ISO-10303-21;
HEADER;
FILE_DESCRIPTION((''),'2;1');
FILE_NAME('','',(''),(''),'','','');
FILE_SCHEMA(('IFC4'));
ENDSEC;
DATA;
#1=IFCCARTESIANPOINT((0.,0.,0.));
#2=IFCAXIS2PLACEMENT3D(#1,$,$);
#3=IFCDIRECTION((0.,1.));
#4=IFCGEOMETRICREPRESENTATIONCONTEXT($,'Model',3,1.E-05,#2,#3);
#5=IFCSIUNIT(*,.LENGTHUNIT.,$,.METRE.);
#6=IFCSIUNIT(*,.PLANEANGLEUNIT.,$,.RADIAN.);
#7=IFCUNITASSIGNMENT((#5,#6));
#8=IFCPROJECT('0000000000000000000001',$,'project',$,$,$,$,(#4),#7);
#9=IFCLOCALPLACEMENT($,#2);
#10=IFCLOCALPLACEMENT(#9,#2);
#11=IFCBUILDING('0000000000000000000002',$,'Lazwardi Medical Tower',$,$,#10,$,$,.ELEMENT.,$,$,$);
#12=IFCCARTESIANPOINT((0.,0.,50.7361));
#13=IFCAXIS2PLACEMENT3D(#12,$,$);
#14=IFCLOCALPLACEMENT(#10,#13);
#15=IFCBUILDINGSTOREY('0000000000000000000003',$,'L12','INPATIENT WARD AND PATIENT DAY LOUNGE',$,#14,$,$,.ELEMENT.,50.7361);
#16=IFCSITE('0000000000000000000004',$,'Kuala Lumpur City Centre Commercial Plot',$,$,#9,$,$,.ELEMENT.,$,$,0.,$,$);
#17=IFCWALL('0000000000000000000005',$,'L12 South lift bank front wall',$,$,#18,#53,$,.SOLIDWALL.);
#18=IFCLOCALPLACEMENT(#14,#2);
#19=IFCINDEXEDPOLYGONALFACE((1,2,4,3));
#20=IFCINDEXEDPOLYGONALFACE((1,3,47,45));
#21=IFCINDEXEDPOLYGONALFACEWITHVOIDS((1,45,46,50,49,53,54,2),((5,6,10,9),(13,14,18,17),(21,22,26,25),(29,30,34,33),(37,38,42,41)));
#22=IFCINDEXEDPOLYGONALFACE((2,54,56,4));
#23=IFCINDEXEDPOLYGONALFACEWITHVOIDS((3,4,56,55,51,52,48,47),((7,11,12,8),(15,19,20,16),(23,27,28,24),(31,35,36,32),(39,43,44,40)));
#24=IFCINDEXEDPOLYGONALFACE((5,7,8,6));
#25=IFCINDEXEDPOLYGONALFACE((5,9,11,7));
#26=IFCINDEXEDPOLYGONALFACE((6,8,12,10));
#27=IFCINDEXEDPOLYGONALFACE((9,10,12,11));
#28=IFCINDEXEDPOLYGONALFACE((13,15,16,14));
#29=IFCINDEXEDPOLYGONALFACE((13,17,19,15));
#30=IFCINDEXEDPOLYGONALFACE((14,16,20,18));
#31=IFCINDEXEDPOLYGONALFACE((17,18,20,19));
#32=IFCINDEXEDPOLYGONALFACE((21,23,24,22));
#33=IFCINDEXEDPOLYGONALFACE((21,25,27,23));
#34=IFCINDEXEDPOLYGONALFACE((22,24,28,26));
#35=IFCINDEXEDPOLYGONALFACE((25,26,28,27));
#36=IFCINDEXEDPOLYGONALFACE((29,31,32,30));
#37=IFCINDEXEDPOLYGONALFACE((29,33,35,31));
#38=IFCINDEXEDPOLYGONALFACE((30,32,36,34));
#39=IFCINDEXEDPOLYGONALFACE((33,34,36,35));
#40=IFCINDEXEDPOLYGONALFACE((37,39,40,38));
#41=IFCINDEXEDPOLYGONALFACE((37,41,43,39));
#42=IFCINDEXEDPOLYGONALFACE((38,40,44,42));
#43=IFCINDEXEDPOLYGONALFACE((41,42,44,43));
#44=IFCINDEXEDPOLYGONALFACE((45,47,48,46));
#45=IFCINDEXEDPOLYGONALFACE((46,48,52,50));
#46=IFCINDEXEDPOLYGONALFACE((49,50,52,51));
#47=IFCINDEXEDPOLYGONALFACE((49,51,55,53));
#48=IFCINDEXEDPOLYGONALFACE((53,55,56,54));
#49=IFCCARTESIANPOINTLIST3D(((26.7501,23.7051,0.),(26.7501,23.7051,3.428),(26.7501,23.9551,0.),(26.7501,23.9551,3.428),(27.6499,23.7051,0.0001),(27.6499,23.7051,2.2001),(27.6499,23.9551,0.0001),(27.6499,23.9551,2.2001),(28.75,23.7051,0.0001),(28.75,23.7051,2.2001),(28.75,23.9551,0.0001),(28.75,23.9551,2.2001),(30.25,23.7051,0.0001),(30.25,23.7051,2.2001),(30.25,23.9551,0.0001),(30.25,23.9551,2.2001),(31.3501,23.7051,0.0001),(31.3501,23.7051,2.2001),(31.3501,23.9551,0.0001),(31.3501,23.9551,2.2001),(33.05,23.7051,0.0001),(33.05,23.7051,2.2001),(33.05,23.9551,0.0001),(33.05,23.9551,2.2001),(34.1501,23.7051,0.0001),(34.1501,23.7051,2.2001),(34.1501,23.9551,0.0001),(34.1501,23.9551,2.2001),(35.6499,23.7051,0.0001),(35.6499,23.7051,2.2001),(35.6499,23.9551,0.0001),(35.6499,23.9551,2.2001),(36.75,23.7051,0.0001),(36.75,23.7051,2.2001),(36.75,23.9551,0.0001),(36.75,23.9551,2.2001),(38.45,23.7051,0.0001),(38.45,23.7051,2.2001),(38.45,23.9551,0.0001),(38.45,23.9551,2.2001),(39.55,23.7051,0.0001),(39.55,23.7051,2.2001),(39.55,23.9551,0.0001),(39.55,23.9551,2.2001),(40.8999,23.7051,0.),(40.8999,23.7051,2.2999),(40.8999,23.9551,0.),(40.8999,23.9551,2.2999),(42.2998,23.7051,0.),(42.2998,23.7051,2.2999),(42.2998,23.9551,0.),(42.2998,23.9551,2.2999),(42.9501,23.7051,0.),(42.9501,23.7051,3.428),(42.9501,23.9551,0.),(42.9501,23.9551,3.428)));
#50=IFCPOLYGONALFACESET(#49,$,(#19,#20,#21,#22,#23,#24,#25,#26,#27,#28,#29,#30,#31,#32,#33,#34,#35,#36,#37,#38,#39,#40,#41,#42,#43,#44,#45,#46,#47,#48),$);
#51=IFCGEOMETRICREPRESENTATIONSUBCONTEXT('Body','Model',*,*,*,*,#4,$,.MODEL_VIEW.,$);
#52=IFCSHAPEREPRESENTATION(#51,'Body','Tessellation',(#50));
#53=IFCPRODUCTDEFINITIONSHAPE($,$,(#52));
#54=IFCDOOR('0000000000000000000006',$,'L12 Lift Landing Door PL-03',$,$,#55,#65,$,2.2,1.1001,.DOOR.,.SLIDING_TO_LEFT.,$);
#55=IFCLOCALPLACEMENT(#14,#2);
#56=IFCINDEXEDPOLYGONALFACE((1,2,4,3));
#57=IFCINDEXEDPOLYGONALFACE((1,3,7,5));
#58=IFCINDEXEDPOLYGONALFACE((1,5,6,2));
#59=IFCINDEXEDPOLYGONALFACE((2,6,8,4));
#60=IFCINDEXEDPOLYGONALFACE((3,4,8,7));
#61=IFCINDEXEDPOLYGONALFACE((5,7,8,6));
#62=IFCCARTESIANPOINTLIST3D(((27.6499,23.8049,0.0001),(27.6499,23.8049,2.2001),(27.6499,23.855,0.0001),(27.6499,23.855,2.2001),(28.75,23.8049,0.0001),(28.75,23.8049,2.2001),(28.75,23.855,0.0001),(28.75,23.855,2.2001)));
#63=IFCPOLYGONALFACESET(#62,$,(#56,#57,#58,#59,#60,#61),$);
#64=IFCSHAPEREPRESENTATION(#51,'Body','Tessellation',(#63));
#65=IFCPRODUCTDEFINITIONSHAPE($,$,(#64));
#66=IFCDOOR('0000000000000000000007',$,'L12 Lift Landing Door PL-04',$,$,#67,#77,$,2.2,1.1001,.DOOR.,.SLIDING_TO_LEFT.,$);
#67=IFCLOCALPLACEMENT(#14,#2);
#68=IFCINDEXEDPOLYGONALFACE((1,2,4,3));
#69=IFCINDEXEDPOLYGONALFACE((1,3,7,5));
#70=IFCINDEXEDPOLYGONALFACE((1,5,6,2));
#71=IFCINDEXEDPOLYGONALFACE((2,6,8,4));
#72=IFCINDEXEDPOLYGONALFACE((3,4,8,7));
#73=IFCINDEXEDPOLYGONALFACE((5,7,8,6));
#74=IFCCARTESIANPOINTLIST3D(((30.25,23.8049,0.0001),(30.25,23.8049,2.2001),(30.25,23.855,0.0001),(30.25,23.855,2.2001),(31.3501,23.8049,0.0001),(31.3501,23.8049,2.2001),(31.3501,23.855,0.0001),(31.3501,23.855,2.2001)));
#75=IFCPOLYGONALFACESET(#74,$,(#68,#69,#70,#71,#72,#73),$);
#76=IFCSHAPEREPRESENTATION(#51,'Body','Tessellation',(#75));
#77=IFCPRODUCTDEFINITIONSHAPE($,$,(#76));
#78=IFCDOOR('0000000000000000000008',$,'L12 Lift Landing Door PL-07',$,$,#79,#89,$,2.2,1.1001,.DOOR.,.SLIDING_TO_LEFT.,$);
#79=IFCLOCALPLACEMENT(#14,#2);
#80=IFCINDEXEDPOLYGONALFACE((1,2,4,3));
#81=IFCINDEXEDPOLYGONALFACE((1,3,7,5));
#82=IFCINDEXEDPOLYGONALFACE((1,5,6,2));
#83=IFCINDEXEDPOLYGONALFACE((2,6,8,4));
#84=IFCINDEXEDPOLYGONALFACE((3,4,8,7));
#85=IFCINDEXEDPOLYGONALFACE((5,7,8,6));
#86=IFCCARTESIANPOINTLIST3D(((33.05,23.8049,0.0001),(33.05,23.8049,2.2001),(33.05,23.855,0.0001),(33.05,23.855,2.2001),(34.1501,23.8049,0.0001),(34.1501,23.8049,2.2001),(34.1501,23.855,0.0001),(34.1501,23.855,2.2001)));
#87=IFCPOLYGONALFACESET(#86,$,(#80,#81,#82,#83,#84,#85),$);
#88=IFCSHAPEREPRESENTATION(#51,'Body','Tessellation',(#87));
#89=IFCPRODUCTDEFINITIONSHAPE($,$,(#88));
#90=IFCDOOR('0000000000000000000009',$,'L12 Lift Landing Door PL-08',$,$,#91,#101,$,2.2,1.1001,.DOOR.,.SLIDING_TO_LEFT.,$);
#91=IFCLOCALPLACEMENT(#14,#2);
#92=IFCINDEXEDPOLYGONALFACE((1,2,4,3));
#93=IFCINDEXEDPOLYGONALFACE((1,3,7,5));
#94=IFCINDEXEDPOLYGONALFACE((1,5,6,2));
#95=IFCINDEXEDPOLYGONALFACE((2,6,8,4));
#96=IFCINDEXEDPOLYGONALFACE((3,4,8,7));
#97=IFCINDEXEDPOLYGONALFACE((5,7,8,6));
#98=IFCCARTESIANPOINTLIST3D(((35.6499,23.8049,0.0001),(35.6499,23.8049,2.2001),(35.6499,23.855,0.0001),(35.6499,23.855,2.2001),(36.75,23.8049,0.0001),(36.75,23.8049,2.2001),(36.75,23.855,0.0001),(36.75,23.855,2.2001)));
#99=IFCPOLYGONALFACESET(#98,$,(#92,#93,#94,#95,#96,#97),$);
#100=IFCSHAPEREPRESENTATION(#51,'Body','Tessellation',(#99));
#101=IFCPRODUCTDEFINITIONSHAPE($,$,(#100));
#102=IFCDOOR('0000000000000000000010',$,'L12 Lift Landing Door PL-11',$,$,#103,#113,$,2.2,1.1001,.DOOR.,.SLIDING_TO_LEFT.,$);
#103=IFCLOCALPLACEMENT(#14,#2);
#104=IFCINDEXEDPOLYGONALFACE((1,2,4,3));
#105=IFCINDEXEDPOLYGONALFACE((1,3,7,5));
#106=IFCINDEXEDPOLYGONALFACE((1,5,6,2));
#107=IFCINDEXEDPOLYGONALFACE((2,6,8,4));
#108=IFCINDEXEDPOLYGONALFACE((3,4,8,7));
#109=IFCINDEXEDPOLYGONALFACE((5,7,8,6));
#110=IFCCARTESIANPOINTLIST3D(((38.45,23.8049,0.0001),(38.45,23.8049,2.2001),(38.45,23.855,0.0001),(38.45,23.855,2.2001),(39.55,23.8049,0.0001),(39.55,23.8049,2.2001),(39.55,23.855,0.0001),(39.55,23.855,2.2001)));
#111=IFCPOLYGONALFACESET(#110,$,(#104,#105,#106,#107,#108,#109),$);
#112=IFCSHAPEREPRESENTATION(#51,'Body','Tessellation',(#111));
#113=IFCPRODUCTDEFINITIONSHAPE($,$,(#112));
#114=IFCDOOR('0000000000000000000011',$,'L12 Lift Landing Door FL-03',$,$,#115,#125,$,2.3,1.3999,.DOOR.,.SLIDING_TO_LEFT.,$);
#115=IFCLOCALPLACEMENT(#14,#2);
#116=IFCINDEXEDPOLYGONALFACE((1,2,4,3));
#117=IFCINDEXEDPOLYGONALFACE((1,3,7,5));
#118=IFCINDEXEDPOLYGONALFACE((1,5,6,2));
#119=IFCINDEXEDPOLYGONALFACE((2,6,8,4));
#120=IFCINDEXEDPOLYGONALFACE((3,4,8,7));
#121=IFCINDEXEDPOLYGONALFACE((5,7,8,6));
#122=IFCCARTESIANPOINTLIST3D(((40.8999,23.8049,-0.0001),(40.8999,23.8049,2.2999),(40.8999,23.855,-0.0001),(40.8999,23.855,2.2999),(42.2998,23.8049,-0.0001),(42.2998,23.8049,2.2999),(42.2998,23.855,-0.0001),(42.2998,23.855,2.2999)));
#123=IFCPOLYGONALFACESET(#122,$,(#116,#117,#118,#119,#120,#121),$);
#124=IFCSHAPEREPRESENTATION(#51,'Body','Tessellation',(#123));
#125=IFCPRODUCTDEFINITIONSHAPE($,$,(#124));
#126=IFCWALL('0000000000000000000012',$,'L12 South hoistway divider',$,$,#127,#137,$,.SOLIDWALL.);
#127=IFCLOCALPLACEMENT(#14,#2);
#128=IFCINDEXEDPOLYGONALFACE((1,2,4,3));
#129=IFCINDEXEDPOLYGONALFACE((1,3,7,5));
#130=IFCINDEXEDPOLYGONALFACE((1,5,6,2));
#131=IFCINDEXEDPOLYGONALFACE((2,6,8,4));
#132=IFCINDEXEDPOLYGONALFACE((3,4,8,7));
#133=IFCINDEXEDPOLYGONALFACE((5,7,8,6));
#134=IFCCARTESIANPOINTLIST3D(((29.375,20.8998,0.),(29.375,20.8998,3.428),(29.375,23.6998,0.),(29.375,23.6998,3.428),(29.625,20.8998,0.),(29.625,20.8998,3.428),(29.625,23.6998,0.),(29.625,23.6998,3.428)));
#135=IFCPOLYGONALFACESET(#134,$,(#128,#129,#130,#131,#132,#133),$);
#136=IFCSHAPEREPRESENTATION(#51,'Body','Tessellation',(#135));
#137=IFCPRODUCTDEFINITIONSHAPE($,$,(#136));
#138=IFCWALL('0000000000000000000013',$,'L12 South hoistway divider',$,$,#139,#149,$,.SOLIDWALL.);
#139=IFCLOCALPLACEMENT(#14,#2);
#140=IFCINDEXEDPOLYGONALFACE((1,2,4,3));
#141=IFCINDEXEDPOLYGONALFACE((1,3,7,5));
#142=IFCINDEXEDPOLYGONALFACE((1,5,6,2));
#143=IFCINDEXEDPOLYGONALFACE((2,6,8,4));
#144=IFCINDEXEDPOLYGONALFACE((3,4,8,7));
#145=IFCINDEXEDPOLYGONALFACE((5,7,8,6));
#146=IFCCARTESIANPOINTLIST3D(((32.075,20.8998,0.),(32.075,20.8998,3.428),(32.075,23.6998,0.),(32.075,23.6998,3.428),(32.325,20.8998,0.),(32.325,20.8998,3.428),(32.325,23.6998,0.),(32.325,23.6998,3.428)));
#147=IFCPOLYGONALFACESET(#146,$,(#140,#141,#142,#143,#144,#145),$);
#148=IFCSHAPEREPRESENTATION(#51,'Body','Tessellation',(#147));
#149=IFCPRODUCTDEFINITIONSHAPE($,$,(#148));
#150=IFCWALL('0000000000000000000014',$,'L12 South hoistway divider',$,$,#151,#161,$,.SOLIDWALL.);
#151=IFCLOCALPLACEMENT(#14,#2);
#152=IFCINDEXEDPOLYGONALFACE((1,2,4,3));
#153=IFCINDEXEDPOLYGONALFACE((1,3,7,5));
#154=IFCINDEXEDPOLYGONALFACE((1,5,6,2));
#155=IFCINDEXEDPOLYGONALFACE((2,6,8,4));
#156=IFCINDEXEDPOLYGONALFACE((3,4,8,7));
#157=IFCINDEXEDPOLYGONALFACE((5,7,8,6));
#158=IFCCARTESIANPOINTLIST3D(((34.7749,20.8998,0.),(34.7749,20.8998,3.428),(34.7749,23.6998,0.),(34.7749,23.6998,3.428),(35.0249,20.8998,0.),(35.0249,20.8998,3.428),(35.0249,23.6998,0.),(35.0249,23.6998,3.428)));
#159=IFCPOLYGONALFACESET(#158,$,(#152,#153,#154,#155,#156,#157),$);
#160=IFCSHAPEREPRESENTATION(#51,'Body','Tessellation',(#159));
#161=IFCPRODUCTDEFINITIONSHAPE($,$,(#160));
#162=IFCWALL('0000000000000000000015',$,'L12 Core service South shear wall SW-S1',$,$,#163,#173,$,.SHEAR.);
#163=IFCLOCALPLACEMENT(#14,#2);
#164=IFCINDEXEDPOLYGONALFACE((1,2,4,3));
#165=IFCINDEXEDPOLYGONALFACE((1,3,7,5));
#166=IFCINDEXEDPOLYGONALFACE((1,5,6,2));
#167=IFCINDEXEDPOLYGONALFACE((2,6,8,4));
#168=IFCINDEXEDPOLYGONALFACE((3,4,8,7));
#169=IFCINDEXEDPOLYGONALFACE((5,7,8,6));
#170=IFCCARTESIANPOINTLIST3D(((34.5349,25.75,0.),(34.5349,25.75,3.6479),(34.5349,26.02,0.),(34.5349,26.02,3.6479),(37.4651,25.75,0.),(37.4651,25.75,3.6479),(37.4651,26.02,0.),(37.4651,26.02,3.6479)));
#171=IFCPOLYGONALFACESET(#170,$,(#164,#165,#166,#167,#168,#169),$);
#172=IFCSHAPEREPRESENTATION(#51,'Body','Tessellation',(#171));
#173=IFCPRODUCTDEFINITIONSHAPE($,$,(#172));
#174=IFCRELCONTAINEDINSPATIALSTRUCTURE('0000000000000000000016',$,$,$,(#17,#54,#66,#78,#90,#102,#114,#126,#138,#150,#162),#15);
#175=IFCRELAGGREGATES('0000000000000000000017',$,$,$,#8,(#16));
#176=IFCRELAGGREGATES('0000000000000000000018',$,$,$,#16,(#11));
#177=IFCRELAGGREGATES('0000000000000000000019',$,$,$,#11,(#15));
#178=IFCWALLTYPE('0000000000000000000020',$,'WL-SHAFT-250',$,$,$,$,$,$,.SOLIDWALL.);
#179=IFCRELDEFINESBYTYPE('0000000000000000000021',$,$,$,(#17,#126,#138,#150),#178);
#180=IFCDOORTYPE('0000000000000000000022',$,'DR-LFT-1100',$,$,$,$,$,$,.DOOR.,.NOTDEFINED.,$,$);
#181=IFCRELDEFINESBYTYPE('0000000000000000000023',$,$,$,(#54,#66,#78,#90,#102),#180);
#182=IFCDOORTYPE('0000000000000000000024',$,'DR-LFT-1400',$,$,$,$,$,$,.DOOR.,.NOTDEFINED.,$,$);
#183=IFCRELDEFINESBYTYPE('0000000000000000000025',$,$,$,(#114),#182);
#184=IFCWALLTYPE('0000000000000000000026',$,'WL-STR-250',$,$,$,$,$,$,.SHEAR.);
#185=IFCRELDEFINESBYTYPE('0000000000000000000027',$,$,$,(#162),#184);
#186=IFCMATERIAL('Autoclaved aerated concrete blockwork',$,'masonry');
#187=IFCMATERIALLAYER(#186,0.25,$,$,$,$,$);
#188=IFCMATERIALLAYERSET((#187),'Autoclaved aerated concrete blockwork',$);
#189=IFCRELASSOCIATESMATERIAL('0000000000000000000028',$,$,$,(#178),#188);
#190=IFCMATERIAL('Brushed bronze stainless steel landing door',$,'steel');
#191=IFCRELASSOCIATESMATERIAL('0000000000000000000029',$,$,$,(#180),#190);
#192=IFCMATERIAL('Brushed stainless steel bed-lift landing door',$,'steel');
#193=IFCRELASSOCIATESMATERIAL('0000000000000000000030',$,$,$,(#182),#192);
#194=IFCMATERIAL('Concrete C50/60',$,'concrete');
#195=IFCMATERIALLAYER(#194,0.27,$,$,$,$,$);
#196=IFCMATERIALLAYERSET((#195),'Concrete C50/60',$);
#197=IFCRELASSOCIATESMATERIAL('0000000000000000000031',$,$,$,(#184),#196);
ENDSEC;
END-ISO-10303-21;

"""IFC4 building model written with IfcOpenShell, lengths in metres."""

from ifc_helpers import new_model, si_unit, direction, frame, frame_2d, origin, place, context, subcontext, project, spatial, rectangle, extrude, material, layer, layer_set, type_object, element, fill, save


model = new_model("IFC4")

# Units and contexts
model_context = context("Model", 3, precision=1e-05, world=origin(), true_north=direction((0.0, 1.0)))
body_context = subcontext(model_context, "Body", "Model", "MODEL_VIEW")
ifc_project = project(units=[si_unit("LENGTHUNIT", "METRE"), si_unit("PLANEANGLEUNIT", "RADIAN")], contexts=[model_context])

# Site, building, storey
site_placement = place(None, origin())
site = spatial("IfcSite", under=ifc_project, at=site_placement, Name="Kuala Lumpur City Centre Commercial Plot", CompositionType="ELEMENT", RefElevation=0.0)
building_placement = place(site_placement, origin())
building = spatial("IfcBuilding", under=site, at=building_placement, Name="Lazwardi Medical Tower", CompositionType="ELEMENT")
storey_placement = place(building_placement, frame((0.0, 0.0, 50.7361)))
storey = spatial("IfcBuildingStorey", under=building, at=storey_placement, Name="L12", Description="INPATIENT WARD AND PATIENT DAY LOUNGE", CompositionType="ELEMENT", Elevation=50.7361)

# Wall, openings, doors
ifc_material_1 = material(Name="Autoclaved aerated concrete blockwork", Category="masonry")
ifc_layer_1 = layer(ifc_material_1, 0.25)
ifc_layer_set_1 = layer_set([ifc_layer_1], Name="Autoclaved aerated concrete blockwork")
wall_type_1 = type_object("IfcWallType", Name="WL-SHAFT-250", PredefinedType="SOLIDWALL", material=ifc_layer_set_1)
wall_1_placement = place(storey_placement, frame((26.75, 23.8301, 0.0), z_axis=(0.0, 0.0, 1.0), x_axis=(1.0, 0.0, 0.0)))
wall_1 = element("IfcWall", 1, at=wall_1_placement, inside=storey, type_object=wall_type_1, Name="L12 South lift bank front wall", PredefinedType="SOLIDWALL", context=body_context, shape_type="SweptSolid", body=[
    extrude(rectangle(XDim=16.2, YDim=0.25, at=frame_2d((8.1001, 0.0))), origin(), (0.0, 0.0, 1.0), 3.428),
])
opening_1_placement = place(wall_1_placement, frame((0.8999, 0.0, 0.0)))
opening_1 = element("IfcOpeningElement", 2, at=opening_1_placement, cuts=wall_1, PredefinedType="OPENING", context=body_context, shape_type="SweptSolid", body=[
    extrude(rectangle(XDim=1.1001, YDim=2.2, at=frame_2d((0.55, 1.1001))), frame((0.0, 0.135, 0.0), z_axis=(0.0, -1.0, 0.0), x_axis=(1.0, 0.0, 0.0)), (0.0, 0.0, 1.0), 0.27),
])
opening_2_placement = place(wall_1_placement, frame((3.5, 0.0, 0.0)))
opening_2 = element("IfcOpeningElement", 3, at=opening_2_placement, cuts=wall_1, PredefinedType="OPENING", context=body_context, shape_type="SweptSolid", body=[
    extrude(rectangle(XDim=1.1001, YDim=2.2, at=frame_2d((0.55, 1.1001))), frame((0.0, 0.135, 0.0), z_axis=(0.0, -1.0, 0.0), x_axis=(1.0, 0.0, 0.0)), (0.0, 0.0, 1.0), 0.27),
])
opening_3_placement = place(wall_1_placement, frame((6.3, 0.0, 0.0)))
opening_3 = element("IfcOpeningElement", 4, at=opening_3_placement, cuts=wall_1, PredefinedType="OPENING", context=body_context, shape_type="SweptSolid", body=[
    extrude(rectangle(XDim=1.1001, YDim=2.2, at=frame_2d((0.55, 1.1001))), frame((0.0, 0.135, 0.0), z_axis=(0.0, -1.0, 0.0), x_axis=(1.0, 0.0, 0.0)), (0.0, 0.0, 1.0), 0.27),
])
opening_4_placement = place(wall_1_placement, frame((8.8999, 0.0, 0.0)))
opening_4 = element("IfcOpeningElement", 5, at=opening_4_placement, cuts=wall_1, PredefinedType="OPENING", context=body_context, shape_type="SweptSolid", body=[
    extrude(rectangle(XDim=1.1001, YDim=2.2, at=frame_2d((0.55, 1.1001))), frame((0.0, 0.135, 0.0), z_axis=(0.0, -1.0, 0.0), x_axis=(1.0, 0.0, 0.0)), (0.0, 0.0, 1.0), 0.27),
])
opening_5_placement = place(wall_1_placement, frame((11.7, 0.0, 0.0)))
opening_5 = element("IfcOpeningElement", 6, at=opening_5_placement, cuts=wall_1, PredefinedType="OPENING", context=body_context, shape_type="SweptSolid", body=[
    extrude(rectangle(XDim=1.1001, YDim=2.2, at=frame_2d((0.55, 1.1001))), frame((0.0, 0.135, 0.0), z_axis=(0.0, -1.0, 0.0), x_axis=(1.0, 0.0, 0.0)), (0.0, 0.0, 1.0), 0.27),
])
opening_6_placement = place(wall_1_placement, frame((14.1499, 0.0, 0.0)))
opening_6 = element("IfcOpeningElement", 7, at=opening_6_placement, cuts=wall_1, PredefinedType="OPENING", context=body_context, shape_type="SweptSolid", body=[
    extrude(rectangle(XDim=1.3999, YDim=2.3, at=frame_2d((0.7, 1.1499))), frame((0.0, 0.135, 0.0), z_axis=(0.0, -1.0, 0.0), x_axis=(1.0, 0.0, 0.0)), (0.0, 0.0, 1.0), 0.27),
])
ifc_material_2 = material(Name="Brushed bronze stainless steel landing door", Category="steel")
door_type_1 = type_object("IfcDoorType", Name="DR-LFT-1100", OperationType="NOTDEFINED", PredefinedType="DOOR", material=ifc_material_2)
door_1_placement = place(opening_1_placement, origin())
door_1 = element("IfcDoor", 8, at=door_1_placement, inside=storey, type_object=door_type_1, Name="L12 Lift Landing Door PL-03", OperationType="SLIDING_TO_LEFT", OverallHeight=2.2, OverallWidth=1.1001, PredefinedType="DOOR", context=body_context, shape_type="SweptSolid", body=[
    extrude(rectangle(XDim=1.1001, YDim=2.2, at=frame_2d((0.55, 1.1001))), frame((0.0, 0.0249, 0.0), z_axis=(0.0, -1.0, 0.0), x_axis=(1.0, 0.0, 0.0)), (0.0, 0.0, 1.0), 0.05),
])
fill(opening_1, door_1)
door_2_placement = place(opening_2_placement, origin())
door_2 = element("IfcDoor", 9, at=door_2_placement, inside=storey, type_object=door_type_1, Name="L12 Lift Landing Door PL-04", OperationType="SLIDING_TO_LEFT", OverallHeight=2.2, OverallWidth=1.1001, PredefinedType="DOOR", context=body_context, shape_type="SweptSolid", body=[
    extrude(rectangle(XDim=1.1001, YDim=2.2, at=frame_2d((0.55, 1.1001))), frame((0.0, 0.0249, 0.0), z_axis=(0.0, -1.0, 0.0), x_axis=(1.0, 0.0, 0.0)), (0.0, 0.0, 1.0), 0.05),
])
fill(opening_2, door_2)
door_3_placement = place(opening_3_placement, origin())
door_3 = element("IfcDoor", 10, at=door_3_placement, inside=storey, type_object=door_type_1, Name="L12 Lift Landing Door PL-07", OperationType="SLIDING_TO_LEFT", OverallHeight=2.2, OverallWidth=1.1001, PredefinedType="DOOR", context=body_context, shape_type="SweptSolid", body=[
    extrude(rectangle(XDim=1.1001, YDim=2.2, at=frame_2d((0.55, 1.1001))), frame((0.0, 0.0249, 0.0), z_axis=(0.0, -1.0, 0.0), x_axis=(1.0, 0.0, 0.0)), (0.0, 0.0, 1.0), 0.05),
])
fill(opening_3, door_3)
door_4_placement = place(opening_4_placement, origin())
door_4 = element("IfcDoor", 11, at=door_4_placement, inside=storey, type_object=door_type_1, Name="L12 Lift Landing Door PL-08", OperationType="SLIDING_TO_LEFT", OverallHeight=2.2, OverallWidth=1.1001, PredefinedType="DOOR", context=body_context, shape_type="SweptSolid", body=[
    extrude(rectangle(XDim=1.1001, YDim=2.2, at=frame_2d((0.55, 1.1001))), frame((0.0, 0.0249, 0.0), z_axis=(0.0, -1.0, 0.0), x_axis=(1.0, 0.0, 0.0)), (0.0, 0.0, 1.0), 0.05),
])
fill(opening_4, door_4)
door_5_placement = place(opening_5_placement, origin())
door_5 = element("IfcDoor", 12, at=door_5_placement, inside=storey, type_object=door_type_1, Name="L12 Lift Landing Door PL-11", OperationType="SLIDING_TO_LEFT", OverallHeight=2.2, OverallWidth=1.1001, PredefinedType="DOOR", context=body_context, shape_type="SweptSolid", body=[
    extrude(rectangle(XDim=1.1001, YDim=2.2, at=frame_2d((0.55, 1.1001))), frame((0.0, 0.0249, 0.0), z_axis=(0.0, -1.0, 0.0), x_axis=(1.0, 0.0, 0.0)), (0.0, 0.0, 1.0), 0.05),
])
fill(opening_5, door_5)
ifc_material_3 = material(Name="Brushed stainless steel bed-lift landing door", Category="steel")
door_type_2 = type_object("IfcDoorType", Name="DR-LFT-1400", OperationType="NOTDEFINED", PredefinedType="DOOR", material=ifc_material_3)
door_6_placement = place(opening_6_placement, origin())
door_6 = element("IfcDoor", 13, at=door_6_placement, inside=storey, type_object=door_type_2, Name="L12 Lift Landing Door FL-03", OperationType="SLIDING_TO_LEFT", OverallHeight=2.3, OverallWidth=1.3999, PredefinedType="DOOR", context=body_context, shape_type="SweptSolid", body=[
    extrude(rectangle(XDim=1.3999, YDim=2.3, at=frame_2d((0.7, 1.1499))), frame((0.0, 0.0249, 0.0), z_axis=(0.0, -1.0, 0.0), x_axis=(1.0, 0.0, 0.0)), (0.0, 0.0, 1.0), 0.05),
])
fill(opening_6, door_6)

# Walls
for number, where, z_axis, x_axis, name in (
    (14, (29.5, 20.8999, 0.0), (0.0, 0.0, 1.0), (0.0, 1.0, 0.0), "L12 South hoistway divider"),
    (15, (32.2, 20.8999, 0.0), (0.0, 0.0, 1.0), (0.0, 1.0, 0.0), "L12 South hoistway divider"),
    (16, (34.8999, 20.8999, 0.0), (0.0, 0.0, 1.0), (0.0, 1.0, 0.0), "L12 South hoistway divider"),
):
    element("IfcWall", number, at=place(storey_placement, frame(where, z_axis=z_axis, x_axis=x_axis)), inside=storey, type_object=wall_type_1, Name=name, PredefinedType="SOLIDWALL", context=body_context, shape_type="SweptSolid", body=[
        extrude(rectangle(XDim=2.8, YDim=0.25, at=frame_2d((1.3999, 0.0))), origin(), (0.0, 0.0, 1.0), 3.428),
    ])
ifc_material_4 = material(Name="Concrete C50/60", Category="concrete")
ifc_layer_2 = layer(ifc_material_4, 0.27)
ifc_layer_set_2 = layer_set([ifc_layer_2], Name="Concrete C50/60")
wall_type_2 = type_object("IfcWallType", Name="WL-STR-250", PredefinedType="SHEAR", material=ifc_layer_set_2)
wall_2_placement = place(storey_placement, frame((34.5349, 25.885, 0.0), z_axis=(0.0, 0.0, 1.0), x_axis=(1.0, 0.0, 0.0)))
element("IfcWall", 17, at=wall_2_placement, inside=storey, type_object=wall_type_2, Name="L12 Core service South shear wall SW-S1", PredefinedType="SHEAR", context=body_context, shape_type="SweptSolid", body=[
    extrude(rectangle(XDim=2.9302, YDim=0.27, at=frame_2d((1.4651, 0.0))), origin(), (0.0, 0.0, 1.0), 3.6479),
])

save(model, "model.ifc")
